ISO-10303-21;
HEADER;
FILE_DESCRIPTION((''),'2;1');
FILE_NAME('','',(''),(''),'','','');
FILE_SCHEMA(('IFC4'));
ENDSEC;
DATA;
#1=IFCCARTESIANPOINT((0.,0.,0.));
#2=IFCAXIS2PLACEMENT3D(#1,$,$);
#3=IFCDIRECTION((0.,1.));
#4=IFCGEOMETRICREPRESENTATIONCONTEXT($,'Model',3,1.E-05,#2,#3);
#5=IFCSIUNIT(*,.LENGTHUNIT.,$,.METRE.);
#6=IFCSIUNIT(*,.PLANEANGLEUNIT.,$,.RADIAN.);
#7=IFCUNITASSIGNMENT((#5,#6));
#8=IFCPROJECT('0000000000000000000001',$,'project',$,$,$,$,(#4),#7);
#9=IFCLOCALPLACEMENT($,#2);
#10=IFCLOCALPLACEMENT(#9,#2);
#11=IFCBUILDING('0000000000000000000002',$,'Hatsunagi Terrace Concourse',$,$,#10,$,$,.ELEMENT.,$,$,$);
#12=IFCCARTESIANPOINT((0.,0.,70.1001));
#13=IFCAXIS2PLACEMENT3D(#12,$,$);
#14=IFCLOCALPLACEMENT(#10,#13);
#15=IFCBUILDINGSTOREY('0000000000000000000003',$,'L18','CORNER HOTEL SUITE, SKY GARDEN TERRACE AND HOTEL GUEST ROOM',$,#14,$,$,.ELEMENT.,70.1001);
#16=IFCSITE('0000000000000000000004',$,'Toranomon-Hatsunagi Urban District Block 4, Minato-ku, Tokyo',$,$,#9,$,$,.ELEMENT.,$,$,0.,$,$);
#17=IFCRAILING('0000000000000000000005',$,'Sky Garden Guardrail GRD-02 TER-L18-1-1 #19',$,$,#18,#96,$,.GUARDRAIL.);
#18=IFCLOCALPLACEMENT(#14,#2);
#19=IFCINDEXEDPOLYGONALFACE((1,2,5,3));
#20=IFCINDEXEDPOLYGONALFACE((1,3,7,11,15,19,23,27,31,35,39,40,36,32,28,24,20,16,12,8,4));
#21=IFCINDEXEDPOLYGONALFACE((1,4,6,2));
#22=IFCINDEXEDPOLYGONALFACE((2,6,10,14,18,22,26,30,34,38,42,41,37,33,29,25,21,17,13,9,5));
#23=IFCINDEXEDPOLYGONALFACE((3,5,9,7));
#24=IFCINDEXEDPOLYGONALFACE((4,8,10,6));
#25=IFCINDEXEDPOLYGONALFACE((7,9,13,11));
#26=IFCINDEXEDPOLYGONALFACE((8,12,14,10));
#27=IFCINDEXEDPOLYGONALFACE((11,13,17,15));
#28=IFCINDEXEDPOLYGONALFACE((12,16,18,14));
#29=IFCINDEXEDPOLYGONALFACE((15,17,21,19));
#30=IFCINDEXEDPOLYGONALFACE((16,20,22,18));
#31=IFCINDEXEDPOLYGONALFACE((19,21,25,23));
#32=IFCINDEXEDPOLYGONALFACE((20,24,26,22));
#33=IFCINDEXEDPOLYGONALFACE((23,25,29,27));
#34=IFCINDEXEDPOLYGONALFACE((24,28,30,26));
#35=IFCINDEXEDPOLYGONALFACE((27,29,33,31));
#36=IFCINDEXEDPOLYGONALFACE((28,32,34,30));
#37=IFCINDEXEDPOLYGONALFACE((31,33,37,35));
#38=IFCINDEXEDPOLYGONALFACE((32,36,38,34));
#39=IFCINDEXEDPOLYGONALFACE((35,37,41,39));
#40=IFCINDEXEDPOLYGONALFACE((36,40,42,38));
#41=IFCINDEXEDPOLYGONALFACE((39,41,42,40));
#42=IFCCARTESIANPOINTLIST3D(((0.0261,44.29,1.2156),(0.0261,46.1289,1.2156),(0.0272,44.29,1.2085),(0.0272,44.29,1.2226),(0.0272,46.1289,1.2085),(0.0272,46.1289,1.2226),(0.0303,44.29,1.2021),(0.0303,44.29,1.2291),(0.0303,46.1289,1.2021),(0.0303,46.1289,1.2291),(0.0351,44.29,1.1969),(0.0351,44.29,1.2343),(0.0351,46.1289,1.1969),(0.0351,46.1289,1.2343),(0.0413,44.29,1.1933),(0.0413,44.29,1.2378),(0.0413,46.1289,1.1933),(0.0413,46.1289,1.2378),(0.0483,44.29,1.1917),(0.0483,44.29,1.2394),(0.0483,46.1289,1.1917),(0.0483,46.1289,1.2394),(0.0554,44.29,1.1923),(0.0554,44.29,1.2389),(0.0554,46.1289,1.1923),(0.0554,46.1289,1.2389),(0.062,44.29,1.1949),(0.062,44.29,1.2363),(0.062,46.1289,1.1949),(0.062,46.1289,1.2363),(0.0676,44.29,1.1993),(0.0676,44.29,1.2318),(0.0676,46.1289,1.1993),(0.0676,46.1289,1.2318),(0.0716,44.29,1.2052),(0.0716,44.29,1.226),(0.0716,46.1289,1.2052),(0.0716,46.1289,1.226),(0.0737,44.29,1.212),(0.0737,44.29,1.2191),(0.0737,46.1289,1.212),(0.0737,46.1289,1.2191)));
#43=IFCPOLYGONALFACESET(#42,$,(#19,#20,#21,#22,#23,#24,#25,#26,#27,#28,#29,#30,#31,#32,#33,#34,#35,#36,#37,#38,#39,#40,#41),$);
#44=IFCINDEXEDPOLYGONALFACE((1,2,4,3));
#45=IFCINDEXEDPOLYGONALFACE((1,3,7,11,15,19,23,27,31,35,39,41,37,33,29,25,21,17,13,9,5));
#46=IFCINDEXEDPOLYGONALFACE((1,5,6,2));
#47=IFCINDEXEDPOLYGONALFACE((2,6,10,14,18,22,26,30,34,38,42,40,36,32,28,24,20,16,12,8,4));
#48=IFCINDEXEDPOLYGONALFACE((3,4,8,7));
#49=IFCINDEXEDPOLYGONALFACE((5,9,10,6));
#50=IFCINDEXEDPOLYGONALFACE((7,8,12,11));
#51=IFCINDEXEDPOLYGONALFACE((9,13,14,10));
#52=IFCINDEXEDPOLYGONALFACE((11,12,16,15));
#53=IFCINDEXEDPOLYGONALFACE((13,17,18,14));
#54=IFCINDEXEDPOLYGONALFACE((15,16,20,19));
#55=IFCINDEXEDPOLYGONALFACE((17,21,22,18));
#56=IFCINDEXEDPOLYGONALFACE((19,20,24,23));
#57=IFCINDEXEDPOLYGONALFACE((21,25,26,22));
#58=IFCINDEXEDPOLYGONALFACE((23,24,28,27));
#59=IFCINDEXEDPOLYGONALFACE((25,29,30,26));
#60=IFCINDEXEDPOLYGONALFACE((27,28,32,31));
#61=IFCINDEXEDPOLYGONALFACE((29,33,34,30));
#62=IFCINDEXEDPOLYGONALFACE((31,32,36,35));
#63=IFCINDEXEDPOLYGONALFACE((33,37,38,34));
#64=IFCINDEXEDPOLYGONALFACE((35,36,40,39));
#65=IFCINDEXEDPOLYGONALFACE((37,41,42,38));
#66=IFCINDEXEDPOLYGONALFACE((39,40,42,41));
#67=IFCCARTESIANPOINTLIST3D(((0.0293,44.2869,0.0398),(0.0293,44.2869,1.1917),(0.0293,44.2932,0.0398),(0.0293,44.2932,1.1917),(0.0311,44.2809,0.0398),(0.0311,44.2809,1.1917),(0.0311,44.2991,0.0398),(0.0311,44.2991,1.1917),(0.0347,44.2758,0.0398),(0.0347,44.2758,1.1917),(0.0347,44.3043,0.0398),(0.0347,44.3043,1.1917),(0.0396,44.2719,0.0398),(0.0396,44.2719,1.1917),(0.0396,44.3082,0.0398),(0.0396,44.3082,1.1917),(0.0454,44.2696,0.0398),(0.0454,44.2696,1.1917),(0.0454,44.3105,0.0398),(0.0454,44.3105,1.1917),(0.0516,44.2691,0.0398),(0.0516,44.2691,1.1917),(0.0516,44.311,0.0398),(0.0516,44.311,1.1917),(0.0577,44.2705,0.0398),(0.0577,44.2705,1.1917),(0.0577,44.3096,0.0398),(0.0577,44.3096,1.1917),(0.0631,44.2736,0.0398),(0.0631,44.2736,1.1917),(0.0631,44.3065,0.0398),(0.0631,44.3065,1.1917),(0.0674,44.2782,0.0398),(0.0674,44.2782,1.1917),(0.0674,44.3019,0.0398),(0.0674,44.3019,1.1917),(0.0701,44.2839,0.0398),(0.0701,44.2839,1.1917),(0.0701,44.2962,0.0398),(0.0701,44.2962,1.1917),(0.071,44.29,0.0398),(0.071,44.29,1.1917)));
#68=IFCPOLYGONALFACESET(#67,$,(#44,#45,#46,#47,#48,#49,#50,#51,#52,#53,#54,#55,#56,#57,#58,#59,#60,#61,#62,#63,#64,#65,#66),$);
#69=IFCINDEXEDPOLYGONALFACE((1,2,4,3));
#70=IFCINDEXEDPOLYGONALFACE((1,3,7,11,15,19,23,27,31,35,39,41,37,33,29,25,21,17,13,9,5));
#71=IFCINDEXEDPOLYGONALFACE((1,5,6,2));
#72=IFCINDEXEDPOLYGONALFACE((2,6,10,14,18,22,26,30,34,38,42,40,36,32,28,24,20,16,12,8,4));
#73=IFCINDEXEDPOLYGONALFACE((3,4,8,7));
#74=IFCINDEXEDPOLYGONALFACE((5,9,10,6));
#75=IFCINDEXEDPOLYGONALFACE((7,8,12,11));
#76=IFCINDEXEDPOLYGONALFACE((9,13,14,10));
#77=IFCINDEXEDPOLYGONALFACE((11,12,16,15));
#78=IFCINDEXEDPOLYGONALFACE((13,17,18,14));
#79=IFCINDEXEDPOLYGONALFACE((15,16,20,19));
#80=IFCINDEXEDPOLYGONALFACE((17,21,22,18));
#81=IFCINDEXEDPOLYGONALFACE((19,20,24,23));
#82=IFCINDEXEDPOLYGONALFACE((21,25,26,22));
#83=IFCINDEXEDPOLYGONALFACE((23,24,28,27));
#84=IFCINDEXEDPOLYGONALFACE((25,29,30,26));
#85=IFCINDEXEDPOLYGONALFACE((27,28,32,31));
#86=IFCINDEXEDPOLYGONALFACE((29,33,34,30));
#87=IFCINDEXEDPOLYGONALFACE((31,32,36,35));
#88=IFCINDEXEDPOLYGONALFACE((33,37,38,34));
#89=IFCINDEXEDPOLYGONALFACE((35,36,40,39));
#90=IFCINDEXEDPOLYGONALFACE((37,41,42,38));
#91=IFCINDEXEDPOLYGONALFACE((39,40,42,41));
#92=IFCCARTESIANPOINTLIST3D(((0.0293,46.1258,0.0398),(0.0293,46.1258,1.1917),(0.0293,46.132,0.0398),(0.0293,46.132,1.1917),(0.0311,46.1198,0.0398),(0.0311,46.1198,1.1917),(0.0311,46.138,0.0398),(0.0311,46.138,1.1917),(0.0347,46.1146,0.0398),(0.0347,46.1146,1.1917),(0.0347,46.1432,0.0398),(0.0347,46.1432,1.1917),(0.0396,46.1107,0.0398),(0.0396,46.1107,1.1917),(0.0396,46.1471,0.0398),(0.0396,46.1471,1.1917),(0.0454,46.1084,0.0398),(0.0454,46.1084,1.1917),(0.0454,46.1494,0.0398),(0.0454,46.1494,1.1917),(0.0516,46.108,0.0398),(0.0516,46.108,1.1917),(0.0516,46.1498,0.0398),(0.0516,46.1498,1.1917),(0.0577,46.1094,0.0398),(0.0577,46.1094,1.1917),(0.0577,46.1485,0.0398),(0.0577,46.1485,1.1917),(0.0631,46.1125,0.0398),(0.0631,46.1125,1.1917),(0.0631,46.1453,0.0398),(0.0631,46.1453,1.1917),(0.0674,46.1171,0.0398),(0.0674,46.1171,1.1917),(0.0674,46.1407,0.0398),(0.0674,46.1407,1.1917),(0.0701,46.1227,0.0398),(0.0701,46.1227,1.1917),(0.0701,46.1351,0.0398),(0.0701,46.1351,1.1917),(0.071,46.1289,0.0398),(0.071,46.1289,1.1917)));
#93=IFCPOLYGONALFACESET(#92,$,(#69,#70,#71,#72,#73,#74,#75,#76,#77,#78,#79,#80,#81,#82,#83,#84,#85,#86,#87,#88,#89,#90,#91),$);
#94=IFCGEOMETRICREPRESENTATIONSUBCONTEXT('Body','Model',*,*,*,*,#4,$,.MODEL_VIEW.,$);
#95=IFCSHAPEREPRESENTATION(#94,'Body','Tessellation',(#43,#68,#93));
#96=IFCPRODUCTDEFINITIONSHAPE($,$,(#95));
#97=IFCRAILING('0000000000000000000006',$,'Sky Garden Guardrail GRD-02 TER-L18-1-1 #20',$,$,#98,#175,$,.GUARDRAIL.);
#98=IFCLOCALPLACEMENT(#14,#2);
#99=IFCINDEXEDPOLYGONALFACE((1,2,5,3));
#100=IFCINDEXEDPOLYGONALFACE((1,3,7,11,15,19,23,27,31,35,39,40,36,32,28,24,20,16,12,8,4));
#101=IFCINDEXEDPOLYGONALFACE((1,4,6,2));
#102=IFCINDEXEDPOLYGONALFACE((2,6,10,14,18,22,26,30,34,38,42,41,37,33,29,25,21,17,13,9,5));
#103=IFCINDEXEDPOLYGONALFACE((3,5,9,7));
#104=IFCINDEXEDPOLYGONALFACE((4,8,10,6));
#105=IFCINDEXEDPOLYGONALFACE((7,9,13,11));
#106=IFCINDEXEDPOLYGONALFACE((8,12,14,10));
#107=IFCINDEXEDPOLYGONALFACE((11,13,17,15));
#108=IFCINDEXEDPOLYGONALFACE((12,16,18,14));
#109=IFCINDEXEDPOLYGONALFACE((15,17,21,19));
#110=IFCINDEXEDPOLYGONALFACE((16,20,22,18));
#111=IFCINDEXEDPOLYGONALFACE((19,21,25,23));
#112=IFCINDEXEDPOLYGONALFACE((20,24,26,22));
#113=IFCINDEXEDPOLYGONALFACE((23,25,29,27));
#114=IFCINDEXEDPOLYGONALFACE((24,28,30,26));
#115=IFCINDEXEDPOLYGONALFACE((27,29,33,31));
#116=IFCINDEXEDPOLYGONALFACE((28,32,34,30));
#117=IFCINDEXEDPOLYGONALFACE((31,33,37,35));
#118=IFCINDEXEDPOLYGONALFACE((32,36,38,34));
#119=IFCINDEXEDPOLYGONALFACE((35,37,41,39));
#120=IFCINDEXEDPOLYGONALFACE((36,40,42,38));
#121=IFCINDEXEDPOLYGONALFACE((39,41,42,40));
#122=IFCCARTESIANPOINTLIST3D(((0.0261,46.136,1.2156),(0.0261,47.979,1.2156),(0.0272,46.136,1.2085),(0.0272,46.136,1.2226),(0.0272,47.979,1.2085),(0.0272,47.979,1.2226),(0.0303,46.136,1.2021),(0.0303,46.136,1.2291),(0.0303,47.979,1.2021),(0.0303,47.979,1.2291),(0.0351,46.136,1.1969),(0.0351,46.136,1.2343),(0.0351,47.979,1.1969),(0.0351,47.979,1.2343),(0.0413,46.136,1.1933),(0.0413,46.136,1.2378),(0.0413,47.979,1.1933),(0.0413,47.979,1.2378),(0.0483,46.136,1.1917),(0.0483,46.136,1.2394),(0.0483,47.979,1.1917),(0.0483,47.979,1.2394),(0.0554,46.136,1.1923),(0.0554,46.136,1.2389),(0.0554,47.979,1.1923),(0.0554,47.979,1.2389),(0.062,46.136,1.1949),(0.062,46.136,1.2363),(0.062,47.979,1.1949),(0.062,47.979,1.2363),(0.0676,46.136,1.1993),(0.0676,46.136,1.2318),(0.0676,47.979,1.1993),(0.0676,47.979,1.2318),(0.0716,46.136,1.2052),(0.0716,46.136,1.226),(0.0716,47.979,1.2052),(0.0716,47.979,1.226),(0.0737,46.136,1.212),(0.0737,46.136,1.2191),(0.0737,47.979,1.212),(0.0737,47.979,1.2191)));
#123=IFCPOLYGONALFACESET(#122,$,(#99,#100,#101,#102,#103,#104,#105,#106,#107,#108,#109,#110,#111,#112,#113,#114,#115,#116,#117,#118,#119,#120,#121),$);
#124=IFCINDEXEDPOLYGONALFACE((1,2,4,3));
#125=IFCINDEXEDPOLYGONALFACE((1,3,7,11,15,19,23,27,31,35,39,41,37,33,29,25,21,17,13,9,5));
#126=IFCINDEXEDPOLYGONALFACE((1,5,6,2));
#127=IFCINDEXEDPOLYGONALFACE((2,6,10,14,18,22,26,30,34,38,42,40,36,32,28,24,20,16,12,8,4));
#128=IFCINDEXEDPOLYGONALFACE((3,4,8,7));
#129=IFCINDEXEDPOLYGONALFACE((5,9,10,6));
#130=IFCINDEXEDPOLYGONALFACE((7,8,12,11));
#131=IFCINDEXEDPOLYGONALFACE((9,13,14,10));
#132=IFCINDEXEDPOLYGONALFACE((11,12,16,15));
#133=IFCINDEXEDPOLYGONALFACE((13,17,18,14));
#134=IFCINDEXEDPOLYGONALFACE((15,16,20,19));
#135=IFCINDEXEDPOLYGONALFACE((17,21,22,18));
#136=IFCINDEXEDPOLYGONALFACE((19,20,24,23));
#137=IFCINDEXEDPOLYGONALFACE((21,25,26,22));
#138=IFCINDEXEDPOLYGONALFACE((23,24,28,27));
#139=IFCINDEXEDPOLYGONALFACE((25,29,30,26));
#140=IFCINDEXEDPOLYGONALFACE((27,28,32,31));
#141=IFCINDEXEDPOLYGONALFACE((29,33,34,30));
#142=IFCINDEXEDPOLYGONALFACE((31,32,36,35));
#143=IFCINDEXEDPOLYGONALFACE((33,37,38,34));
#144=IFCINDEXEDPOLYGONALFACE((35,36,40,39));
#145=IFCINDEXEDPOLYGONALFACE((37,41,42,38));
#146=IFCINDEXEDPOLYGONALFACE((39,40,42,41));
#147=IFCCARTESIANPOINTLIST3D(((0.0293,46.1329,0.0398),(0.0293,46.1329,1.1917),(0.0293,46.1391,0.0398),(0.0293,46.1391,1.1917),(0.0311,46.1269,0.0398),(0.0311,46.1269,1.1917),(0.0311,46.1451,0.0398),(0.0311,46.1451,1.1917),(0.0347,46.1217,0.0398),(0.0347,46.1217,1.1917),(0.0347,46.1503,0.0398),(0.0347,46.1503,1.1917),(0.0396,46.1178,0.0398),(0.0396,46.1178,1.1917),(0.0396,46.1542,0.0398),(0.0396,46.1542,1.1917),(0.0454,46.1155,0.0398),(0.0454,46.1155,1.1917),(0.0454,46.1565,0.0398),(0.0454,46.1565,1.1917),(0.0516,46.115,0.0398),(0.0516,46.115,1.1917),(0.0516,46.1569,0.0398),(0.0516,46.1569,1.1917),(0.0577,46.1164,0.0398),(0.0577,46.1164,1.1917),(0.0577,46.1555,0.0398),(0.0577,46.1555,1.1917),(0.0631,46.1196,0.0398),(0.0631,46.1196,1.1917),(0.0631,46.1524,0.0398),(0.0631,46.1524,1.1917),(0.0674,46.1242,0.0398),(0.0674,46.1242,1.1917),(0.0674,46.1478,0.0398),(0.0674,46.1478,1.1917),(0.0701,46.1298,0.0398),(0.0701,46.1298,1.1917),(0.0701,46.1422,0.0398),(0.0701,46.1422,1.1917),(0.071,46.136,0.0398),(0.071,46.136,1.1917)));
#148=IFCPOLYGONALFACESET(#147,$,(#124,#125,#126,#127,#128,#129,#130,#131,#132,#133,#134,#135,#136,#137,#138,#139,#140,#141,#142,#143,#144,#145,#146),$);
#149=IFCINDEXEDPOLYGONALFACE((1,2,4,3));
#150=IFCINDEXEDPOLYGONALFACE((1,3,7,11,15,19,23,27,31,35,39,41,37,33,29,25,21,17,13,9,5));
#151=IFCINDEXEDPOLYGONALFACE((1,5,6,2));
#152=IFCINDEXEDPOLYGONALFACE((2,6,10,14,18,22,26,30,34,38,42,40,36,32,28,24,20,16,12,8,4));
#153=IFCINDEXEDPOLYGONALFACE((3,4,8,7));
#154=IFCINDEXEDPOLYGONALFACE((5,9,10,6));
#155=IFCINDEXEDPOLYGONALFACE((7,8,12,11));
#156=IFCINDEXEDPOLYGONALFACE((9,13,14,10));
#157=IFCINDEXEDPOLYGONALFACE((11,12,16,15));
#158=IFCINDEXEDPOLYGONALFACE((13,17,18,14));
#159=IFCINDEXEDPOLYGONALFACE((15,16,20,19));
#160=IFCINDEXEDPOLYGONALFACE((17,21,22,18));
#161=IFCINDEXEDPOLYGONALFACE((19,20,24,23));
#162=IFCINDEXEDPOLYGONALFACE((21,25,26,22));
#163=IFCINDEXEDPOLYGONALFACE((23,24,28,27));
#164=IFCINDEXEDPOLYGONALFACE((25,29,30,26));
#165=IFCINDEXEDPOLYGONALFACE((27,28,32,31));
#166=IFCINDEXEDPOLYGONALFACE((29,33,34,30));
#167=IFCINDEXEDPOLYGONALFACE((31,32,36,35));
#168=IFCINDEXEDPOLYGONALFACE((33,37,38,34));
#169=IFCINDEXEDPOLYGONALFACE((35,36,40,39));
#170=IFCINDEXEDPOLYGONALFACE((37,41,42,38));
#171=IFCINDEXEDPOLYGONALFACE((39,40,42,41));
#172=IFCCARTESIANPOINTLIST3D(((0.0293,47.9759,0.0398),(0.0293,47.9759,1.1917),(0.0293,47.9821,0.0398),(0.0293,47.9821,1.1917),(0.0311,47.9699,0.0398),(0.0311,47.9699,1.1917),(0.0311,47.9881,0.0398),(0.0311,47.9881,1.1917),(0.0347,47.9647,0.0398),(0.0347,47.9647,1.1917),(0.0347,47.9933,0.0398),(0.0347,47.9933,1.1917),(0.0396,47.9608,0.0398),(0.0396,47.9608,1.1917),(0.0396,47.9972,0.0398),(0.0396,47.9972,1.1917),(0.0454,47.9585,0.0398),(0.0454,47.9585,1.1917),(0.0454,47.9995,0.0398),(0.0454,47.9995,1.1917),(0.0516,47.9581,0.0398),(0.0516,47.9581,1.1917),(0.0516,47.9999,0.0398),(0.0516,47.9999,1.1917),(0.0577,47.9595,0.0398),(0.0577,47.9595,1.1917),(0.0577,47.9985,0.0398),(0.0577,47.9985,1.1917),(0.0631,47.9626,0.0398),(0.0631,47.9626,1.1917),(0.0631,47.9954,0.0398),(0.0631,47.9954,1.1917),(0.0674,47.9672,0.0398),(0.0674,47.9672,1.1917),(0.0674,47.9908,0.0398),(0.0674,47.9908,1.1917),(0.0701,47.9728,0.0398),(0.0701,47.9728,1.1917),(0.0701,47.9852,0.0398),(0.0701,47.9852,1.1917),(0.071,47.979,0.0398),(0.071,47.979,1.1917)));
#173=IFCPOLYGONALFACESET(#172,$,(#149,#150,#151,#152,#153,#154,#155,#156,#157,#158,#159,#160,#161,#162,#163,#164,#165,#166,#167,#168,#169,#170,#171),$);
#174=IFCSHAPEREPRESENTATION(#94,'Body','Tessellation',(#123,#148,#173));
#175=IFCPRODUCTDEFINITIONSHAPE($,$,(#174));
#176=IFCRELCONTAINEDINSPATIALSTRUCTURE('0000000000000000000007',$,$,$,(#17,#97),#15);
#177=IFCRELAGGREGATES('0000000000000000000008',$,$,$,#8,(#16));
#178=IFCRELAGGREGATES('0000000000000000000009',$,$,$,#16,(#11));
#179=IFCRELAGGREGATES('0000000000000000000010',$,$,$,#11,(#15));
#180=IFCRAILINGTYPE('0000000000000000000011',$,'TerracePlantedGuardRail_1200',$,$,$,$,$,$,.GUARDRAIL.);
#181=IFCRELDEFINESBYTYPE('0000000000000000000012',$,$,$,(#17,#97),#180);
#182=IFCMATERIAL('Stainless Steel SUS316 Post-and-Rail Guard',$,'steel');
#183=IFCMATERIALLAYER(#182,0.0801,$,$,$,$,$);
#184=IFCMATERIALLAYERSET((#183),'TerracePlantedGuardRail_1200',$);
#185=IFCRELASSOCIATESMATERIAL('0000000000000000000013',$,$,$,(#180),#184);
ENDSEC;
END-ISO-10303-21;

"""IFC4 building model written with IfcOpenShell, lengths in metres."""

from ifc_helpers import new_model, si_unit, direction, frame, origin, origin_2d, place, context, subcontext, project, spatial, circle, extrude, material, layer, layer_set, type_object, element, save


model = new_model("IFC4")

# Units and contexts
model_context = context("Model", 3, precision=1e-05, world=origin(), true_north=direction((0.0, 1.0)))
body_context = subcontext(model_context, "Body", "Model", "MODEL_VIEW")
ifc_project = project(units=[si_unit("LENGTHUNIT", "METRE"), si_unit("PLANEANGLEUNIT", "RADIAN")], contexts=[model_context])

# Site, building, storey
site_placement = place(None, origin())
site = spatial("IfcSite", under=ifc_project, at=site_placement, Name="Toranomon-Hatsunagi Urban District Block 4, Minato-ku, Tokyo", CompositionType="ELEMENT", RefElevation=0.0)
building_placement = place(site_placement, origin())
building = spatial("IfcBuilding", under=site, at=building_placement, Name="Hatsunagi Terrace Concourse", CompositionType="ELEMENT")
storey_placement = place(building_placement, frame((0.0, 0.0, 70.1001)))
storey = spatial("IfcBuildingStorey", under=building, at=storey_placement, Name="L18", Description="CORNER HOTEL SUITE, SKY GARDEN TERRACE AND HOTEL GUEST ROOM", CompositionType="ELEMENT", Elevation=70.1001)

# Railings
ifc_material_1 = material(Name="Stainless Steel SUS316 Post-and-Rail Guard", Category="steel")
ifc_layer_1 = layer(ifc_material_1, 0.0801)
ifc_layer_set_1 = layer_set([ifc_layer_1], Name="TerracePlantedGuardRail_1200")
railing_type = type_object("IfcRailingType", Name="TerracePlantedGuardRail_1200", PredefinedType="GUARDRAIL", material=ifc_layer_set_1)
railing_1_placement = place(storey_placement, frame((0.05, 44.29, 0.0398)))
element("IfcRailing", 1, at=railing_1_placement, inside=storey, type_object=railing_type, Name="Sky Garden Guardrail GRD-02 TER-L18-1-1 #19", PredefinedType="GUARDRAIL", context=body_context, shape_type="SweptSolid", body=[
    extrude(circle(Radius=0.0239, at=origin_2d()), frame((0.0, 0.0, 1.1758), z_axis=(0.0, 1.0, 0.0), x_axis=(-1.0, 0.0, 0.0)), (0.0, 0.0, 1.0), 1.8389),
    extrude(circle(Radius=0.021, at=origin_2d()), origin(), (0.0, 0.0, 1.0), 1.1519),
    extrude(circle(Radius=0.021, at=origin_2d()), frame((0.0, 1.8389, 0.0)), (0.0, 0.0, 1.0), 1.1519),
])
railing_2_placement = place(storey_placement, frame((0.05, 46.136, 0.0398)))
element("IfcRailing", 2, at=railing_2_placement, inside=storey, type_object=railing_type, Name="Sky Garden Guardrail GRD-02 TER-L18-1-1 #20", PredefinedType="GUARDRAIL", context=body_context, shape_type="SweptSolid", body=[
    extrude(circle(Radius=0.0239, at=origin_2d()), frame((0.0, 0.0, 1.1758), z_axis=(0.0, 1.0, 0.0), x_axis=(-1.0, 0.0, 0.0)), (0.0, 0.0, 1.0), 1.843),
    extrude(circle(Radius=0.021, at=origin_2d()), origin(), (0.0, 0.0, 1.0), 1.1519),
    extrude(circle(Radius=0.021, at=origin_2d()), frame((0.0, 1.843, 0.0)), (0.0, 0.0, 1.0), 1.1519),
])

save(model, "model.ifc")
